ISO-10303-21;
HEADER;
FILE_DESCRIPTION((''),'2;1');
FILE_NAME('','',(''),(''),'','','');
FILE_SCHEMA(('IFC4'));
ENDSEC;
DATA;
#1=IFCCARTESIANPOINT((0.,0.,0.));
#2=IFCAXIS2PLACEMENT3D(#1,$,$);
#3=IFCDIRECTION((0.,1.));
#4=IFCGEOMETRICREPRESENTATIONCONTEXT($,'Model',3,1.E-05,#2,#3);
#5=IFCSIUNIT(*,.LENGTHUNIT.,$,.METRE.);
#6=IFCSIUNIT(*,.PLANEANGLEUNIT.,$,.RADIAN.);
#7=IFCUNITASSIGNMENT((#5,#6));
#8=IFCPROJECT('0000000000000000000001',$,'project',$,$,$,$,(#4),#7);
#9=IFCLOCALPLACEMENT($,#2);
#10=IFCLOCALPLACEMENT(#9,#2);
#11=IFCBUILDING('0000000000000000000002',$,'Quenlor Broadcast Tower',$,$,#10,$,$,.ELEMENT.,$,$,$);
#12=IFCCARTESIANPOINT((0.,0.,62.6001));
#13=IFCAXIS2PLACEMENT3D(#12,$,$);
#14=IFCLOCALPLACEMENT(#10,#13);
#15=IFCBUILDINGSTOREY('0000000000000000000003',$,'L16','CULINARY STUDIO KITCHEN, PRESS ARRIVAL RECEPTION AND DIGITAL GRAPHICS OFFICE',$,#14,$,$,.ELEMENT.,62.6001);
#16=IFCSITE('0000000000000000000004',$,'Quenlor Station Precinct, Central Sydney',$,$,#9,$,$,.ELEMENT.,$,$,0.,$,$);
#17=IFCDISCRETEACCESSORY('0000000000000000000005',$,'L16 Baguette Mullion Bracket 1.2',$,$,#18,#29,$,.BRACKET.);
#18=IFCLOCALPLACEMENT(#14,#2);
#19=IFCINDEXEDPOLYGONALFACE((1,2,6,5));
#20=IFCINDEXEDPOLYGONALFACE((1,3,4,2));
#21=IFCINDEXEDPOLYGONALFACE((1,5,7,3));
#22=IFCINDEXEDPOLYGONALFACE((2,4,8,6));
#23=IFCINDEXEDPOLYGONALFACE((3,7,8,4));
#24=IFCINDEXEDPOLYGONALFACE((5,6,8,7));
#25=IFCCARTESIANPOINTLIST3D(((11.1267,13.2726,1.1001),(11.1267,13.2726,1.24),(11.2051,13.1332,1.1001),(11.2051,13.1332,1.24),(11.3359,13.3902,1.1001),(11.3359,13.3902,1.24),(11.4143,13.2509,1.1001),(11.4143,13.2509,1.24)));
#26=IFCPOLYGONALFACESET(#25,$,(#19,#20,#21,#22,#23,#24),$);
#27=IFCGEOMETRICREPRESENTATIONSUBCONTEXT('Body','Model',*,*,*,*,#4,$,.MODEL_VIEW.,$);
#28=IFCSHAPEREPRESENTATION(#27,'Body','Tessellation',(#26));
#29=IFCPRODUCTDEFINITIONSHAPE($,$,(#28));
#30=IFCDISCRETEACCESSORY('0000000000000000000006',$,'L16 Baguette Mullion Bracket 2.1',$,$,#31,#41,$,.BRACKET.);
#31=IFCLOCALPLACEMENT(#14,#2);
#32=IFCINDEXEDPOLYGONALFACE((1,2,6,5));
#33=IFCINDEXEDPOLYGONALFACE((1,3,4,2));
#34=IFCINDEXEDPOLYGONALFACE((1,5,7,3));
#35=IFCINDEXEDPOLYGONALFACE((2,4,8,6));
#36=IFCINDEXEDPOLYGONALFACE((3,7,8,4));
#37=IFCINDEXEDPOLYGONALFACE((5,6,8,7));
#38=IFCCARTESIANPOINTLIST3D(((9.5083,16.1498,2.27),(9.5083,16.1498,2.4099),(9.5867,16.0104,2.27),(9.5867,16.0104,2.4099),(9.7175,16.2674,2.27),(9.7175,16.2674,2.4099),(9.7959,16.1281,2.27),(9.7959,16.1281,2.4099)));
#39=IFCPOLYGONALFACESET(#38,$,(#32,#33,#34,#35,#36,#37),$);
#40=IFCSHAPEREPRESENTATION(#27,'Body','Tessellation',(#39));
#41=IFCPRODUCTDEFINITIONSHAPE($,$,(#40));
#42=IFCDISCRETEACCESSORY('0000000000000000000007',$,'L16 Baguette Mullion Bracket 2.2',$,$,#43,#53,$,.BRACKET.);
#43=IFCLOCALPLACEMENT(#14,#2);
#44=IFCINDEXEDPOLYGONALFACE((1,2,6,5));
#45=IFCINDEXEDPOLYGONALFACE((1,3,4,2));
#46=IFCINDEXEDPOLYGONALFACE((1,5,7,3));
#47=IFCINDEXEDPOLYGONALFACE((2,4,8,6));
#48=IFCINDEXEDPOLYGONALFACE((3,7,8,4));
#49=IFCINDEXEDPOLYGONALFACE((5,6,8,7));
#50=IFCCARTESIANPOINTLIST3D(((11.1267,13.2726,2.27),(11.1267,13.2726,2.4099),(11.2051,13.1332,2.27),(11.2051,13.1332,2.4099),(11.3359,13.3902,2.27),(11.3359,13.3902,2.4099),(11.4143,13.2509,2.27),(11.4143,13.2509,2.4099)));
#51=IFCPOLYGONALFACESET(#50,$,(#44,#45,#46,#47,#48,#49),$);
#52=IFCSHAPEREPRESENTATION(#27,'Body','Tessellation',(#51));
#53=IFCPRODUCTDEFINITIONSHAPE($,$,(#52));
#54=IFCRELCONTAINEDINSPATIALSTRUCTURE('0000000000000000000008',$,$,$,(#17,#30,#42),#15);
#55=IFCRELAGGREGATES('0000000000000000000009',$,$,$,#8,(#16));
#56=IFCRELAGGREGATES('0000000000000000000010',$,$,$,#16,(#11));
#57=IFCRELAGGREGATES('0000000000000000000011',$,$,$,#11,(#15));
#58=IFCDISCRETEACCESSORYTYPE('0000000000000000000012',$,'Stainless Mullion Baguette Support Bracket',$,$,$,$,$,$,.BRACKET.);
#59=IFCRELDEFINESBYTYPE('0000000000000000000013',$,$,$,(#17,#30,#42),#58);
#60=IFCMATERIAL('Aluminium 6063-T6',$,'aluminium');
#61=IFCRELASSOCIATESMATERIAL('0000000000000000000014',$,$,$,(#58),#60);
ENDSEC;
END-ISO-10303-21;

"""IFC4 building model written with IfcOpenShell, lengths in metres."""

from ifc_helpers import new_model, si_unit, direction, frame, origin, origin_2d, place, context, subcontext, project, spatial, rectangle, extrude, material, type_object, element, save


model = new_model("IFC4")

# Units and contexts
model_context = context("Model", 3, precision=1e-05, world=origin(), true_north=direction((0.0, 1.0)))
body_context = subcontext(model_context, "Body", "Model", "MODEL_VIEW")
ifc_project = project(units=[si_unit("LENGTHUNIT", "METRE"), si_unit("PLANEANGLEUNIT", "RADIAN")], contexts=[model_context])

# Site, building, storey
site_placement = place(None, origin())
site = spatial("IfcSite", under=ifc_project, at=site_placement, Name="Quenlor Station Precinct, Central Sydney", CompositionType="ELEMENT", RefElevation=0.0)
building_placement = place(site_placement, origin())
building = spatial("IfcBuilding", under=site, at=building_placement, Name="Quenlor Broadcast Tower", CompositionType="ELEMENT")
storey_placement = place(building_placement, frame((0.0, 0.0, 62.6001)))
storey = spatial("IfcBuildingStorey", under=building, at=storey_placement, Name="L16", Description="CULINARY STUDIO KITCHEN, PRESS ARRIVAL RECEPTION AND DIGITAL GRAPHICS OFFICE", CompositionType="ELEMENT", Elevation=62.6001)

# Discrete accessories
ifc_material_1 = material(Name="Aluminium 6063-T6", Category="aluminium")
discrete_accessory_type = type_object("IfcDiscreteAccessoryType", Name="Stainless Mullion Baguette Support Bracket", PredefinedType="BRACKET", material=ifc_material_1)
for number, where, z_axis, x_axis, name in (
    (1, (11.2705, 13.2617, 1.1001), (0.0, 0.0, 1.0), (0.490244, -0.871585, 0.0), "L16 Baguette Mullion Bracket 1.2"),
    (2, (9.6521, 16.1389, 2.27), (0.0, 0.0, 1.0), (0.490244, -0.871585, 0.0), "L16 Baguette Mullion Bracket 2.1"),
    (3, (11.2705, 13.2617, 2.27), (0.0, 0.0, 1.0), (0.490244, -0.871585, 0.0), "L16 Baguette Mullion Bracket 2.2"),
):
    element("IfcDiscreteAccessory", number, at=place(storey_placement, frame(where, z_axis=z_axis, x_axis=x_axis)), inside=storey, type_object=discrete_accessory_type, Name=name, PredefinedType="BRACKET", context=body_context, shape_type="SweptSolid", body=[
        extrude(rectangle(XDim=0.1599, YDim=0.24, at=origin_2d()), origin(), (0.0, 0.0, 1.0), 0.1399),
    ])

save(model, "model.ifc")
